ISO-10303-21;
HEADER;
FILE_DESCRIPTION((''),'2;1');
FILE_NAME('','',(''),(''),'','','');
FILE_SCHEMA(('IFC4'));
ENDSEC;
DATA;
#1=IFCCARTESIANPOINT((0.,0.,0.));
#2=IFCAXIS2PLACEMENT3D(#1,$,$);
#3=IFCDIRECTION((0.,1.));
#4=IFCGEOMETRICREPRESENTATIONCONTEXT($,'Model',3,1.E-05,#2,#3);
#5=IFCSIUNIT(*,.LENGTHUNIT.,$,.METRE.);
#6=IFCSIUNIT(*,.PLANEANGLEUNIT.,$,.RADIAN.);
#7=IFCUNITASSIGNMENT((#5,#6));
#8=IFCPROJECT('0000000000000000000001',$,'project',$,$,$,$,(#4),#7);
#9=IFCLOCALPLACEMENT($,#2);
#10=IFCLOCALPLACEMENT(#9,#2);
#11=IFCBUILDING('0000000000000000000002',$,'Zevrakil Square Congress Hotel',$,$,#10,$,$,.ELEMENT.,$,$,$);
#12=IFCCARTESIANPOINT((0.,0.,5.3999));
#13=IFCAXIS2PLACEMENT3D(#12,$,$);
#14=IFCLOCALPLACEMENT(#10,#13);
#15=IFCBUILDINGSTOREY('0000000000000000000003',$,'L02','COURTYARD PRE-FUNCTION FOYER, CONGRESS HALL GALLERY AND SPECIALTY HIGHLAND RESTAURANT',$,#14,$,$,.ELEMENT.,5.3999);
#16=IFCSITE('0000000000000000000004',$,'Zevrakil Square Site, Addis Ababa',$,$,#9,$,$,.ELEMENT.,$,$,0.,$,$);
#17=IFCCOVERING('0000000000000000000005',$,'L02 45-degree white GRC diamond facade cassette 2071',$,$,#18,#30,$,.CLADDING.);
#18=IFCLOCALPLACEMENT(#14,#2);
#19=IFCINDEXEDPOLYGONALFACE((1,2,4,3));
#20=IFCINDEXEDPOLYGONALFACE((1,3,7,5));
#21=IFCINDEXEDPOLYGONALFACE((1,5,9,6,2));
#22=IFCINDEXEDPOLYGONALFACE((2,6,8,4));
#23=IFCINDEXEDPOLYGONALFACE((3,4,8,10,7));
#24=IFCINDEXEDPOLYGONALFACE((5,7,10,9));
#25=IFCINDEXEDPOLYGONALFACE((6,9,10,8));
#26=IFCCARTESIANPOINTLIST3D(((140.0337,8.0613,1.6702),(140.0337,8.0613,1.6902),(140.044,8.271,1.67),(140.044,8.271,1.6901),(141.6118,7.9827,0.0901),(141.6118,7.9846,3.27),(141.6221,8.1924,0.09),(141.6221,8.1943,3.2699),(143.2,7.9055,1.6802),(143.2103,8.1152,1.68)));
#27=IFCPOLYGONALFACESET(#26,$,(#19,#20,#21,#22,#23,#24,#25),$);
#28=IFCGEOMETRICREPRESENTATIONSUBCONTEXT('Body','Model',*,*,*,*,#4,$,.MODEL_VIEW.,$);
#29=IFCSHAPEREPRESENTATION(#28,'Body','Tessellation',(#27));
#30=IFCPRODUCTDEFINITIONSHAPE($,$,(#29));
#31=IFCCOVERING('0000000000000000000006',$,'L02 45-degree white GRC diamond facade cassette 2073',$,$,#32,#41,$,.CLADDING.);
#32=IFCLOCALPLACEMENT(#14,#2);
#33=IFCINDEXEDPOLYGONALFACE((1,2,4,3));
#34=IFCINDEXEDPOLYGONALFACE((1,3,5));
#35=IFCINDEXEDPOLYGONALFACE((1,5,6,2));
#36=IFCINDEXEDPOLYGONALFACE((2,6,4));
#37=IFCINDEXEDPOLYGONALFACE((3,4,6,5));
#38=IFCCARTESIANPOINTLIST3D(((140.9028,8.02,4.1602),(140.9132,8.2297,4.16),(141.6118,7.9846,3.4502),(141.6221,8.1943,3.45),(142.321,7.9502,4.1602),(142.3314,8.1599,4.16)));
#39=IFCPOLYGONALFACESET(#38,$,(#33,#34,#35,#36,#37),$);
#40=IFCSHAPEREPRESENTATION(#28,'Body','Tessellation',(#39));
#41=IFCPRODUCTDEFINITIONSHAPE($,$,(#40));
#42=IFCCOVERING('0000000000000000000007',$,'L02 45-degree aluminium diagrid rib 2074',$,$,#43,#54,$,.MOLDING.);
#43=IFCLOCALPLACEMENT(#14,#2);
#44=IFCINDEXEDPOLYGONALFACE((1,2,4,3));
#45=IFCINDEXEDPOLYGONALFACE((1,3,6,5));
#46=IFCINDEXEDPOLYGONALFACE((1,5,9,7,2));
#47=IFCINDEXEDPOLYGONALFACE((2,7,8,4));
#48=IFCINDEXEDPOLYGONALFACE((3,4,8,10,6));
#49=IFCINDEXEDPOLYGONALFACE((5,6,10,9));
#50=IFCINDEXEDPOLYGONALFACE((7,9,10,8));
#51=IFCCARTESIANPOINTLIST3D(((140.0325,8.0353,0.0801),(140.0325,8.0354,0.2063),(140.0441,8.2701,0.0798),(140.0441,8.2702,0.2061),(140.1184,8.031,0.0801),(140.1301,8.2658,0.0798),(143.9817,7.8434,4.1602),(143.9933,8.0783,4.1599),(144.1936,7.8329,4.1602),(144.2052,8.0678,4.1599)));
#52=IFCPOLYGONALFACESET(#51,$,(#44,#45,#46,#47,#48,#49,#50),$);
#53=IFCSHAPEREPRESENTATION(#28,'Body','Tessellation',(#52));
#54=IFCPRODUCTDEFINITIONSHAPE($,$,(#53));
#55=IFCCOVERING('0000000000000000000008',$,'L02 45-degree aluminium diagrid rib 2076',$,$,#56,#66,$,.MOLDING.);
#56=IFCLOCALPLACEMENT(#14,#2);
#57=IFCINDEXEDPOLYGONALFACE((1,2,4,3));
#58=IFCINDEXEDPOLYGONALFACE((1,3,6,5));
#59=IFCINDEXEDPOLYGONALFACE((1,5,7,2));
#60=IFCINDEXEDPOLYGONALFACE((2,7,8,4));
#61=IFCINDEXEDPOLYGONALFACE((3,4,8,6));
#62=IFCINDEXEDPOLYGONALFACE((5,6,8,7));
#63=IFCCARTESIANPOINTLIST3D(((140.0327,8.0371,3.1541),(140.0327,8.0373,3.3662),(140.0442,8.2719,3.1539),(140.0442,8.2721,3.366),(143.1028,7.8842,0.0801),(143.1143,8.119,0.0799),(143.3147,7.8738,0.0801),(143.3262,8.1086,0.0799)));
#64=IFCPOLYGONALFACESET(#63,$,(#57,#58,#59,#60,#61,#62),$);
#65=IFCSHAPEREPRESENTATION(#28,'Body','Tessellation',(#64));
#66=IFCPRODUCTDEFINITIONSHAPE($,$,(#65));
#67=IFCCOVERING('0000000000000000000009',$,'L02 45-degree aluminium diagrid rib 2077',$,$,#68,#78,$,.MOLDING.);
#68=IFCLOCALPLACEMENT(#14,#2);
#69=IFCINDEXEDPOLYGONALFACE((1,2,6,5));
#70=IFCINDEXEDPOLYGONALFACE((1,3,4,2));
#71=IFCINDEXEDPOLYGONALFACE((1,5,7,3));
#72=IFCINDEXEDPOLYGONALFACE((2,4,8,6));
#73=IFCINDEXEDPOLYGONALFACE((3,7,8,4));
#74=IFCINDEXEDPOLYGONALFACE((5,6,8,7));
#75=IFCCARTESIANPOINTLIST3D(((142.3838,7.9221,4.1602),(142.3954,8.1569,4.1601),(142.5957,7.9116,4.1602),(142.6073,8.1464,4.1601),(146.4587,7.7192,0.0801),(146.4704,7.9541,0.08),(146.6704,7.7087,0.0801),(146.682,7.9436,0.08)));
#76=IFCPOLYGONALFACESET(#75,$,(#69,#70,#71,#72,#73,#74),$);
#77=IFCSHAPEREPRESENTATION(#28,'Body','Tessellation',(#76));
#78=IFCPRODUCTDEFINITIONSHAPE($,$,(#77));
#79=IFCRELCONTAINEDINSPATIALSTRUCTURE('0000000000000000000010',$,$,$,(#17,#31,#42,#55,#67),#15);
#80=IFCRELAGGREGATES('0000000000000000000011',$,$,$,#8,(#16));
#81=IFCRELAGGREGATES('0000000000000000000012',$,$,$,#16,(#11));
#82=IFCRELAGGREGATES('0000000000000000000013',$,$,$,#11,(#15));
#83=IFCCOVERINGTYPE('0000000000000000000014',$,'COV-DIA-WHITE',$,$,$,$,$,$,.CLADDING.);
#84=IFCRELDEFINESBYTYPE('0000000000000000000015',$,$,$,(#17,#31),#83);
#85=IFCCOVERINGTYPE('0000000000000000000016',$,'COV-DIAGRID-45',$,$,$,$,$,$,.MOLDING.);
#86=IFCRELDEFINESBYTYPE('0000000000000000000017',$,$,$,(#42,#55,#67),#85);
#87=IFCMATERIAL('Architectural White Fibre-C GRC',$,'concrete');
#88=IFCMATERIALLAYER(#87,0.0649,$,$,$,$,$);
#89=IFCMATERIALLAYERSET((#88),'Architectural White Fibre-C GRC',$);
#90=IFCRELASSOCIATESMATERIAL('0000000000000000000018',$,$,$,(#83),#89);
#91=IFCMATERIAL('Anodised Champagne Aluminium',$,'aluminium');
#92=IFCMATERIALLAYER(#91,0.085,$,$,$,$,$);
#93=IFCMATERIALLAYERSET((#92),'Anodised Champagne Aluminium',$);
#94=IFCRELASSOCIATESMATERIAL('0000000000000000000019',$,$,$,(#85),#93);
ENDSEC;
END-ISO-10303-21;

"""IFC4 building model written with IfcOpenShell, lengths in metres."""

from ifc_helpers import new_model, si_unit, direction, frame, origin, place, context, subcontext, project, spatial, polyline, outline, extrude, material, layer, layer_set, type_object, element, save


model = new_model("IFC4")

# Units and contexts
model_context = context("Model", 3, precision=1e-05, world=origin(), true_north=direction((0.0, 1.0)))
body_context = subcontext(model_context, "Body", "Model", "MODEL_VIEW")
ifc_project = project(units=[si_unit("LENGTHUNIT", "METRE"), si_unit("PLANEANGLEUNIT", "RADIAN")], contexts=[model_context])

# Site, building, storey
site_placement = place(None, origin())
site = spatial("IfcSite", under=ifc_project, at=site_placement, Name="Zevrakil Square Site, Addis Ababa", CompositionType="ELEMENT", RefElevation=0.0)
building_placement = place(site_placement, origin())
building = spatial("IfcBuilding", under=site, at=building_placement, Name="Zevrakil Square Congress Hotel", CompositionType="ELEMENT")
storey_placement = place(building_placement, frame((0.0, 0.0, 5.3999)))
storey = spatial("IfcBuildingStorey", under=building, at=storey_placement, Name="L02", Description="COURTYARD PRE-FUNCTION FOYER, CONGRESS HALL GALLERY AND SPECIALTY HIGHLAND RESTAURANT", CompositionType="ELEMENT", Elevation=5.3999)

# Coverings
ifc_material_1 = material(Name="Architectural White Fibre-C GRC", Category="concrete")
ifc_layer_1 = layer(ifc_material_1, 0.0649)
ifc_layer_set_1 = layer_set([ifc_layer_1], Name="Architectural White Fibre-C GRC")
covering_type_1 = type_object("IfcCoveringType", Name="COV-DIA-WHITE", PredefinedType="CLADDING", material=ifc_layer_set_1)
covering_1_placement = place(storey_placement, frame((141.6118, 7.9846, 3.27), z_axis=(-0.049135, -0.998792, 0.000612), x_axis=(0.706289, -0.035178, -0.707049)))
element("IfcCovering", 1, at=covering_1_placement, inside=storey, type_object=covering_type_1, Name="L02 45-degree white GRC diamond facade cassette 2071", PredefinedType="CLADDING", context=body_context, shape_type="SweptSolid", body=[
    extrude(outline(polyline([(0.0, 0.0), (2.2486, 0.0), (2.2484, -2.2487), (0.0139, -2.2485), (-0.0003, -2.2343), (0.0, 0.0)])), origin(), (0.0, 0.0, -1.0), 0.21),
])
covering_2_placement = place(storey_placement, frame((141.6118, 7.9846, 3.4502), z_axis=(-0.049174, -0.99879, 0.000695), x_axis=(-0.706181, 0.03526, 0.707153)))
element("IfcCovering", 2, at=covering_2_placement, inside=storey, type_object=covering_type_1, Name="L02 45-degree white GRC diamond facade cassette 2073", PredefinedType="CLADDING", context=body_context, shape_type="SweptSolid", body=[
    extrude(outline(polyline([(0.0, 0.0), (1.004, 0.0), (0.0, -1.0041), (0.0, 0.0)])), origin(), (0.0, 0.0, -1.0), 0.21),
])
ifc_material_2 = material(Name="Anodised Champagne Aluminium", Category="aluminium")
ifc_layer_2 = layer(ifc_material_2, 0.085)
ifc_layer_set_2 = layer_set([ifc_layer_2], Name="Anodised Champagne Aluminium")
covering_type_2 = type_object("IfcCoveringType", Name="COV-DIAGRID-45", PredefinedType="MOLDING", material=ifc_layer_set_2)
covering_3_placement = place(storey_placement, frame((140.1184, 8.031, 0.0801), z_axis=(-0.049529, -0.998772, 0.000983), x_axis=(-0.998773, 0.049529, 0.000002)))
element("IfcCovering", 3, at=covering_3_placement, inside=storey, type_object=covering_type_2, Name="L02 45-degree aluminium diagrid rib 2074", PredefinedType="MOLDING", context=body_context, shape_type="SweptSolid", body=[
    extrude(outline(polyline([(0.0, 0.0), (0.086, 0.0), (0.086, -0.1262), (-3.8678, -4.0801), (-4.08, -4.0801), (0.0, 0.0)])), origin(), (0.0, 0.0, -1.0), 0.2351),
])
covering_4_placement = place(storey_placement, frame((140.0327, 8.0371, 3.1541), z_axis=(-0.04904, -0.998797, 0.000711), x_axis=(-0.000022, 0.000712, 1.0)))
element("IfcCovering", 4, at=covering_4_placement, inside=storey, type_object=covering_type_2, Name="L02 45-degree aluminium diagrid rib 2076", PredefinedType="MOLDING", context=body_context, shape_type="SweptSolid", body=[
    extrude(outline(polyline([(0.0, 0.0), (0.2122, 0.0), (-3.0742, -3.2859), (-3.0741, -3.0737), (0.0, 0.0)])), origin(), (0.0, 0.0, -1.0), 0.2351),
])
covering_5_placement = place(storey_placement, frame((142.3838, 7.9221, 4.1602), z_axis=(-0.049507, -0.998774, 0.000221), x_axis=(0.998774, -0.049507, 0.0)))
element("IfcCovering", 5, at=covering_5_placement, inside=storey, type_object=covering_type_2, Name="L02 45-degree aluminium diagrid rib 2077", PredefinedType="MOLDING", context=body_context, shape_type="SweptSolid", body=[
    extrude(outline(polyline([(0.0, 0.0), (0.2122, 0.0), (4.2919, -4.0801), (4.08, -4.0801), (0.0, 0.0)])), origin(), (0.0, 0.0, -1.0), 0.2351),
])

save(model, "model.ifc")
